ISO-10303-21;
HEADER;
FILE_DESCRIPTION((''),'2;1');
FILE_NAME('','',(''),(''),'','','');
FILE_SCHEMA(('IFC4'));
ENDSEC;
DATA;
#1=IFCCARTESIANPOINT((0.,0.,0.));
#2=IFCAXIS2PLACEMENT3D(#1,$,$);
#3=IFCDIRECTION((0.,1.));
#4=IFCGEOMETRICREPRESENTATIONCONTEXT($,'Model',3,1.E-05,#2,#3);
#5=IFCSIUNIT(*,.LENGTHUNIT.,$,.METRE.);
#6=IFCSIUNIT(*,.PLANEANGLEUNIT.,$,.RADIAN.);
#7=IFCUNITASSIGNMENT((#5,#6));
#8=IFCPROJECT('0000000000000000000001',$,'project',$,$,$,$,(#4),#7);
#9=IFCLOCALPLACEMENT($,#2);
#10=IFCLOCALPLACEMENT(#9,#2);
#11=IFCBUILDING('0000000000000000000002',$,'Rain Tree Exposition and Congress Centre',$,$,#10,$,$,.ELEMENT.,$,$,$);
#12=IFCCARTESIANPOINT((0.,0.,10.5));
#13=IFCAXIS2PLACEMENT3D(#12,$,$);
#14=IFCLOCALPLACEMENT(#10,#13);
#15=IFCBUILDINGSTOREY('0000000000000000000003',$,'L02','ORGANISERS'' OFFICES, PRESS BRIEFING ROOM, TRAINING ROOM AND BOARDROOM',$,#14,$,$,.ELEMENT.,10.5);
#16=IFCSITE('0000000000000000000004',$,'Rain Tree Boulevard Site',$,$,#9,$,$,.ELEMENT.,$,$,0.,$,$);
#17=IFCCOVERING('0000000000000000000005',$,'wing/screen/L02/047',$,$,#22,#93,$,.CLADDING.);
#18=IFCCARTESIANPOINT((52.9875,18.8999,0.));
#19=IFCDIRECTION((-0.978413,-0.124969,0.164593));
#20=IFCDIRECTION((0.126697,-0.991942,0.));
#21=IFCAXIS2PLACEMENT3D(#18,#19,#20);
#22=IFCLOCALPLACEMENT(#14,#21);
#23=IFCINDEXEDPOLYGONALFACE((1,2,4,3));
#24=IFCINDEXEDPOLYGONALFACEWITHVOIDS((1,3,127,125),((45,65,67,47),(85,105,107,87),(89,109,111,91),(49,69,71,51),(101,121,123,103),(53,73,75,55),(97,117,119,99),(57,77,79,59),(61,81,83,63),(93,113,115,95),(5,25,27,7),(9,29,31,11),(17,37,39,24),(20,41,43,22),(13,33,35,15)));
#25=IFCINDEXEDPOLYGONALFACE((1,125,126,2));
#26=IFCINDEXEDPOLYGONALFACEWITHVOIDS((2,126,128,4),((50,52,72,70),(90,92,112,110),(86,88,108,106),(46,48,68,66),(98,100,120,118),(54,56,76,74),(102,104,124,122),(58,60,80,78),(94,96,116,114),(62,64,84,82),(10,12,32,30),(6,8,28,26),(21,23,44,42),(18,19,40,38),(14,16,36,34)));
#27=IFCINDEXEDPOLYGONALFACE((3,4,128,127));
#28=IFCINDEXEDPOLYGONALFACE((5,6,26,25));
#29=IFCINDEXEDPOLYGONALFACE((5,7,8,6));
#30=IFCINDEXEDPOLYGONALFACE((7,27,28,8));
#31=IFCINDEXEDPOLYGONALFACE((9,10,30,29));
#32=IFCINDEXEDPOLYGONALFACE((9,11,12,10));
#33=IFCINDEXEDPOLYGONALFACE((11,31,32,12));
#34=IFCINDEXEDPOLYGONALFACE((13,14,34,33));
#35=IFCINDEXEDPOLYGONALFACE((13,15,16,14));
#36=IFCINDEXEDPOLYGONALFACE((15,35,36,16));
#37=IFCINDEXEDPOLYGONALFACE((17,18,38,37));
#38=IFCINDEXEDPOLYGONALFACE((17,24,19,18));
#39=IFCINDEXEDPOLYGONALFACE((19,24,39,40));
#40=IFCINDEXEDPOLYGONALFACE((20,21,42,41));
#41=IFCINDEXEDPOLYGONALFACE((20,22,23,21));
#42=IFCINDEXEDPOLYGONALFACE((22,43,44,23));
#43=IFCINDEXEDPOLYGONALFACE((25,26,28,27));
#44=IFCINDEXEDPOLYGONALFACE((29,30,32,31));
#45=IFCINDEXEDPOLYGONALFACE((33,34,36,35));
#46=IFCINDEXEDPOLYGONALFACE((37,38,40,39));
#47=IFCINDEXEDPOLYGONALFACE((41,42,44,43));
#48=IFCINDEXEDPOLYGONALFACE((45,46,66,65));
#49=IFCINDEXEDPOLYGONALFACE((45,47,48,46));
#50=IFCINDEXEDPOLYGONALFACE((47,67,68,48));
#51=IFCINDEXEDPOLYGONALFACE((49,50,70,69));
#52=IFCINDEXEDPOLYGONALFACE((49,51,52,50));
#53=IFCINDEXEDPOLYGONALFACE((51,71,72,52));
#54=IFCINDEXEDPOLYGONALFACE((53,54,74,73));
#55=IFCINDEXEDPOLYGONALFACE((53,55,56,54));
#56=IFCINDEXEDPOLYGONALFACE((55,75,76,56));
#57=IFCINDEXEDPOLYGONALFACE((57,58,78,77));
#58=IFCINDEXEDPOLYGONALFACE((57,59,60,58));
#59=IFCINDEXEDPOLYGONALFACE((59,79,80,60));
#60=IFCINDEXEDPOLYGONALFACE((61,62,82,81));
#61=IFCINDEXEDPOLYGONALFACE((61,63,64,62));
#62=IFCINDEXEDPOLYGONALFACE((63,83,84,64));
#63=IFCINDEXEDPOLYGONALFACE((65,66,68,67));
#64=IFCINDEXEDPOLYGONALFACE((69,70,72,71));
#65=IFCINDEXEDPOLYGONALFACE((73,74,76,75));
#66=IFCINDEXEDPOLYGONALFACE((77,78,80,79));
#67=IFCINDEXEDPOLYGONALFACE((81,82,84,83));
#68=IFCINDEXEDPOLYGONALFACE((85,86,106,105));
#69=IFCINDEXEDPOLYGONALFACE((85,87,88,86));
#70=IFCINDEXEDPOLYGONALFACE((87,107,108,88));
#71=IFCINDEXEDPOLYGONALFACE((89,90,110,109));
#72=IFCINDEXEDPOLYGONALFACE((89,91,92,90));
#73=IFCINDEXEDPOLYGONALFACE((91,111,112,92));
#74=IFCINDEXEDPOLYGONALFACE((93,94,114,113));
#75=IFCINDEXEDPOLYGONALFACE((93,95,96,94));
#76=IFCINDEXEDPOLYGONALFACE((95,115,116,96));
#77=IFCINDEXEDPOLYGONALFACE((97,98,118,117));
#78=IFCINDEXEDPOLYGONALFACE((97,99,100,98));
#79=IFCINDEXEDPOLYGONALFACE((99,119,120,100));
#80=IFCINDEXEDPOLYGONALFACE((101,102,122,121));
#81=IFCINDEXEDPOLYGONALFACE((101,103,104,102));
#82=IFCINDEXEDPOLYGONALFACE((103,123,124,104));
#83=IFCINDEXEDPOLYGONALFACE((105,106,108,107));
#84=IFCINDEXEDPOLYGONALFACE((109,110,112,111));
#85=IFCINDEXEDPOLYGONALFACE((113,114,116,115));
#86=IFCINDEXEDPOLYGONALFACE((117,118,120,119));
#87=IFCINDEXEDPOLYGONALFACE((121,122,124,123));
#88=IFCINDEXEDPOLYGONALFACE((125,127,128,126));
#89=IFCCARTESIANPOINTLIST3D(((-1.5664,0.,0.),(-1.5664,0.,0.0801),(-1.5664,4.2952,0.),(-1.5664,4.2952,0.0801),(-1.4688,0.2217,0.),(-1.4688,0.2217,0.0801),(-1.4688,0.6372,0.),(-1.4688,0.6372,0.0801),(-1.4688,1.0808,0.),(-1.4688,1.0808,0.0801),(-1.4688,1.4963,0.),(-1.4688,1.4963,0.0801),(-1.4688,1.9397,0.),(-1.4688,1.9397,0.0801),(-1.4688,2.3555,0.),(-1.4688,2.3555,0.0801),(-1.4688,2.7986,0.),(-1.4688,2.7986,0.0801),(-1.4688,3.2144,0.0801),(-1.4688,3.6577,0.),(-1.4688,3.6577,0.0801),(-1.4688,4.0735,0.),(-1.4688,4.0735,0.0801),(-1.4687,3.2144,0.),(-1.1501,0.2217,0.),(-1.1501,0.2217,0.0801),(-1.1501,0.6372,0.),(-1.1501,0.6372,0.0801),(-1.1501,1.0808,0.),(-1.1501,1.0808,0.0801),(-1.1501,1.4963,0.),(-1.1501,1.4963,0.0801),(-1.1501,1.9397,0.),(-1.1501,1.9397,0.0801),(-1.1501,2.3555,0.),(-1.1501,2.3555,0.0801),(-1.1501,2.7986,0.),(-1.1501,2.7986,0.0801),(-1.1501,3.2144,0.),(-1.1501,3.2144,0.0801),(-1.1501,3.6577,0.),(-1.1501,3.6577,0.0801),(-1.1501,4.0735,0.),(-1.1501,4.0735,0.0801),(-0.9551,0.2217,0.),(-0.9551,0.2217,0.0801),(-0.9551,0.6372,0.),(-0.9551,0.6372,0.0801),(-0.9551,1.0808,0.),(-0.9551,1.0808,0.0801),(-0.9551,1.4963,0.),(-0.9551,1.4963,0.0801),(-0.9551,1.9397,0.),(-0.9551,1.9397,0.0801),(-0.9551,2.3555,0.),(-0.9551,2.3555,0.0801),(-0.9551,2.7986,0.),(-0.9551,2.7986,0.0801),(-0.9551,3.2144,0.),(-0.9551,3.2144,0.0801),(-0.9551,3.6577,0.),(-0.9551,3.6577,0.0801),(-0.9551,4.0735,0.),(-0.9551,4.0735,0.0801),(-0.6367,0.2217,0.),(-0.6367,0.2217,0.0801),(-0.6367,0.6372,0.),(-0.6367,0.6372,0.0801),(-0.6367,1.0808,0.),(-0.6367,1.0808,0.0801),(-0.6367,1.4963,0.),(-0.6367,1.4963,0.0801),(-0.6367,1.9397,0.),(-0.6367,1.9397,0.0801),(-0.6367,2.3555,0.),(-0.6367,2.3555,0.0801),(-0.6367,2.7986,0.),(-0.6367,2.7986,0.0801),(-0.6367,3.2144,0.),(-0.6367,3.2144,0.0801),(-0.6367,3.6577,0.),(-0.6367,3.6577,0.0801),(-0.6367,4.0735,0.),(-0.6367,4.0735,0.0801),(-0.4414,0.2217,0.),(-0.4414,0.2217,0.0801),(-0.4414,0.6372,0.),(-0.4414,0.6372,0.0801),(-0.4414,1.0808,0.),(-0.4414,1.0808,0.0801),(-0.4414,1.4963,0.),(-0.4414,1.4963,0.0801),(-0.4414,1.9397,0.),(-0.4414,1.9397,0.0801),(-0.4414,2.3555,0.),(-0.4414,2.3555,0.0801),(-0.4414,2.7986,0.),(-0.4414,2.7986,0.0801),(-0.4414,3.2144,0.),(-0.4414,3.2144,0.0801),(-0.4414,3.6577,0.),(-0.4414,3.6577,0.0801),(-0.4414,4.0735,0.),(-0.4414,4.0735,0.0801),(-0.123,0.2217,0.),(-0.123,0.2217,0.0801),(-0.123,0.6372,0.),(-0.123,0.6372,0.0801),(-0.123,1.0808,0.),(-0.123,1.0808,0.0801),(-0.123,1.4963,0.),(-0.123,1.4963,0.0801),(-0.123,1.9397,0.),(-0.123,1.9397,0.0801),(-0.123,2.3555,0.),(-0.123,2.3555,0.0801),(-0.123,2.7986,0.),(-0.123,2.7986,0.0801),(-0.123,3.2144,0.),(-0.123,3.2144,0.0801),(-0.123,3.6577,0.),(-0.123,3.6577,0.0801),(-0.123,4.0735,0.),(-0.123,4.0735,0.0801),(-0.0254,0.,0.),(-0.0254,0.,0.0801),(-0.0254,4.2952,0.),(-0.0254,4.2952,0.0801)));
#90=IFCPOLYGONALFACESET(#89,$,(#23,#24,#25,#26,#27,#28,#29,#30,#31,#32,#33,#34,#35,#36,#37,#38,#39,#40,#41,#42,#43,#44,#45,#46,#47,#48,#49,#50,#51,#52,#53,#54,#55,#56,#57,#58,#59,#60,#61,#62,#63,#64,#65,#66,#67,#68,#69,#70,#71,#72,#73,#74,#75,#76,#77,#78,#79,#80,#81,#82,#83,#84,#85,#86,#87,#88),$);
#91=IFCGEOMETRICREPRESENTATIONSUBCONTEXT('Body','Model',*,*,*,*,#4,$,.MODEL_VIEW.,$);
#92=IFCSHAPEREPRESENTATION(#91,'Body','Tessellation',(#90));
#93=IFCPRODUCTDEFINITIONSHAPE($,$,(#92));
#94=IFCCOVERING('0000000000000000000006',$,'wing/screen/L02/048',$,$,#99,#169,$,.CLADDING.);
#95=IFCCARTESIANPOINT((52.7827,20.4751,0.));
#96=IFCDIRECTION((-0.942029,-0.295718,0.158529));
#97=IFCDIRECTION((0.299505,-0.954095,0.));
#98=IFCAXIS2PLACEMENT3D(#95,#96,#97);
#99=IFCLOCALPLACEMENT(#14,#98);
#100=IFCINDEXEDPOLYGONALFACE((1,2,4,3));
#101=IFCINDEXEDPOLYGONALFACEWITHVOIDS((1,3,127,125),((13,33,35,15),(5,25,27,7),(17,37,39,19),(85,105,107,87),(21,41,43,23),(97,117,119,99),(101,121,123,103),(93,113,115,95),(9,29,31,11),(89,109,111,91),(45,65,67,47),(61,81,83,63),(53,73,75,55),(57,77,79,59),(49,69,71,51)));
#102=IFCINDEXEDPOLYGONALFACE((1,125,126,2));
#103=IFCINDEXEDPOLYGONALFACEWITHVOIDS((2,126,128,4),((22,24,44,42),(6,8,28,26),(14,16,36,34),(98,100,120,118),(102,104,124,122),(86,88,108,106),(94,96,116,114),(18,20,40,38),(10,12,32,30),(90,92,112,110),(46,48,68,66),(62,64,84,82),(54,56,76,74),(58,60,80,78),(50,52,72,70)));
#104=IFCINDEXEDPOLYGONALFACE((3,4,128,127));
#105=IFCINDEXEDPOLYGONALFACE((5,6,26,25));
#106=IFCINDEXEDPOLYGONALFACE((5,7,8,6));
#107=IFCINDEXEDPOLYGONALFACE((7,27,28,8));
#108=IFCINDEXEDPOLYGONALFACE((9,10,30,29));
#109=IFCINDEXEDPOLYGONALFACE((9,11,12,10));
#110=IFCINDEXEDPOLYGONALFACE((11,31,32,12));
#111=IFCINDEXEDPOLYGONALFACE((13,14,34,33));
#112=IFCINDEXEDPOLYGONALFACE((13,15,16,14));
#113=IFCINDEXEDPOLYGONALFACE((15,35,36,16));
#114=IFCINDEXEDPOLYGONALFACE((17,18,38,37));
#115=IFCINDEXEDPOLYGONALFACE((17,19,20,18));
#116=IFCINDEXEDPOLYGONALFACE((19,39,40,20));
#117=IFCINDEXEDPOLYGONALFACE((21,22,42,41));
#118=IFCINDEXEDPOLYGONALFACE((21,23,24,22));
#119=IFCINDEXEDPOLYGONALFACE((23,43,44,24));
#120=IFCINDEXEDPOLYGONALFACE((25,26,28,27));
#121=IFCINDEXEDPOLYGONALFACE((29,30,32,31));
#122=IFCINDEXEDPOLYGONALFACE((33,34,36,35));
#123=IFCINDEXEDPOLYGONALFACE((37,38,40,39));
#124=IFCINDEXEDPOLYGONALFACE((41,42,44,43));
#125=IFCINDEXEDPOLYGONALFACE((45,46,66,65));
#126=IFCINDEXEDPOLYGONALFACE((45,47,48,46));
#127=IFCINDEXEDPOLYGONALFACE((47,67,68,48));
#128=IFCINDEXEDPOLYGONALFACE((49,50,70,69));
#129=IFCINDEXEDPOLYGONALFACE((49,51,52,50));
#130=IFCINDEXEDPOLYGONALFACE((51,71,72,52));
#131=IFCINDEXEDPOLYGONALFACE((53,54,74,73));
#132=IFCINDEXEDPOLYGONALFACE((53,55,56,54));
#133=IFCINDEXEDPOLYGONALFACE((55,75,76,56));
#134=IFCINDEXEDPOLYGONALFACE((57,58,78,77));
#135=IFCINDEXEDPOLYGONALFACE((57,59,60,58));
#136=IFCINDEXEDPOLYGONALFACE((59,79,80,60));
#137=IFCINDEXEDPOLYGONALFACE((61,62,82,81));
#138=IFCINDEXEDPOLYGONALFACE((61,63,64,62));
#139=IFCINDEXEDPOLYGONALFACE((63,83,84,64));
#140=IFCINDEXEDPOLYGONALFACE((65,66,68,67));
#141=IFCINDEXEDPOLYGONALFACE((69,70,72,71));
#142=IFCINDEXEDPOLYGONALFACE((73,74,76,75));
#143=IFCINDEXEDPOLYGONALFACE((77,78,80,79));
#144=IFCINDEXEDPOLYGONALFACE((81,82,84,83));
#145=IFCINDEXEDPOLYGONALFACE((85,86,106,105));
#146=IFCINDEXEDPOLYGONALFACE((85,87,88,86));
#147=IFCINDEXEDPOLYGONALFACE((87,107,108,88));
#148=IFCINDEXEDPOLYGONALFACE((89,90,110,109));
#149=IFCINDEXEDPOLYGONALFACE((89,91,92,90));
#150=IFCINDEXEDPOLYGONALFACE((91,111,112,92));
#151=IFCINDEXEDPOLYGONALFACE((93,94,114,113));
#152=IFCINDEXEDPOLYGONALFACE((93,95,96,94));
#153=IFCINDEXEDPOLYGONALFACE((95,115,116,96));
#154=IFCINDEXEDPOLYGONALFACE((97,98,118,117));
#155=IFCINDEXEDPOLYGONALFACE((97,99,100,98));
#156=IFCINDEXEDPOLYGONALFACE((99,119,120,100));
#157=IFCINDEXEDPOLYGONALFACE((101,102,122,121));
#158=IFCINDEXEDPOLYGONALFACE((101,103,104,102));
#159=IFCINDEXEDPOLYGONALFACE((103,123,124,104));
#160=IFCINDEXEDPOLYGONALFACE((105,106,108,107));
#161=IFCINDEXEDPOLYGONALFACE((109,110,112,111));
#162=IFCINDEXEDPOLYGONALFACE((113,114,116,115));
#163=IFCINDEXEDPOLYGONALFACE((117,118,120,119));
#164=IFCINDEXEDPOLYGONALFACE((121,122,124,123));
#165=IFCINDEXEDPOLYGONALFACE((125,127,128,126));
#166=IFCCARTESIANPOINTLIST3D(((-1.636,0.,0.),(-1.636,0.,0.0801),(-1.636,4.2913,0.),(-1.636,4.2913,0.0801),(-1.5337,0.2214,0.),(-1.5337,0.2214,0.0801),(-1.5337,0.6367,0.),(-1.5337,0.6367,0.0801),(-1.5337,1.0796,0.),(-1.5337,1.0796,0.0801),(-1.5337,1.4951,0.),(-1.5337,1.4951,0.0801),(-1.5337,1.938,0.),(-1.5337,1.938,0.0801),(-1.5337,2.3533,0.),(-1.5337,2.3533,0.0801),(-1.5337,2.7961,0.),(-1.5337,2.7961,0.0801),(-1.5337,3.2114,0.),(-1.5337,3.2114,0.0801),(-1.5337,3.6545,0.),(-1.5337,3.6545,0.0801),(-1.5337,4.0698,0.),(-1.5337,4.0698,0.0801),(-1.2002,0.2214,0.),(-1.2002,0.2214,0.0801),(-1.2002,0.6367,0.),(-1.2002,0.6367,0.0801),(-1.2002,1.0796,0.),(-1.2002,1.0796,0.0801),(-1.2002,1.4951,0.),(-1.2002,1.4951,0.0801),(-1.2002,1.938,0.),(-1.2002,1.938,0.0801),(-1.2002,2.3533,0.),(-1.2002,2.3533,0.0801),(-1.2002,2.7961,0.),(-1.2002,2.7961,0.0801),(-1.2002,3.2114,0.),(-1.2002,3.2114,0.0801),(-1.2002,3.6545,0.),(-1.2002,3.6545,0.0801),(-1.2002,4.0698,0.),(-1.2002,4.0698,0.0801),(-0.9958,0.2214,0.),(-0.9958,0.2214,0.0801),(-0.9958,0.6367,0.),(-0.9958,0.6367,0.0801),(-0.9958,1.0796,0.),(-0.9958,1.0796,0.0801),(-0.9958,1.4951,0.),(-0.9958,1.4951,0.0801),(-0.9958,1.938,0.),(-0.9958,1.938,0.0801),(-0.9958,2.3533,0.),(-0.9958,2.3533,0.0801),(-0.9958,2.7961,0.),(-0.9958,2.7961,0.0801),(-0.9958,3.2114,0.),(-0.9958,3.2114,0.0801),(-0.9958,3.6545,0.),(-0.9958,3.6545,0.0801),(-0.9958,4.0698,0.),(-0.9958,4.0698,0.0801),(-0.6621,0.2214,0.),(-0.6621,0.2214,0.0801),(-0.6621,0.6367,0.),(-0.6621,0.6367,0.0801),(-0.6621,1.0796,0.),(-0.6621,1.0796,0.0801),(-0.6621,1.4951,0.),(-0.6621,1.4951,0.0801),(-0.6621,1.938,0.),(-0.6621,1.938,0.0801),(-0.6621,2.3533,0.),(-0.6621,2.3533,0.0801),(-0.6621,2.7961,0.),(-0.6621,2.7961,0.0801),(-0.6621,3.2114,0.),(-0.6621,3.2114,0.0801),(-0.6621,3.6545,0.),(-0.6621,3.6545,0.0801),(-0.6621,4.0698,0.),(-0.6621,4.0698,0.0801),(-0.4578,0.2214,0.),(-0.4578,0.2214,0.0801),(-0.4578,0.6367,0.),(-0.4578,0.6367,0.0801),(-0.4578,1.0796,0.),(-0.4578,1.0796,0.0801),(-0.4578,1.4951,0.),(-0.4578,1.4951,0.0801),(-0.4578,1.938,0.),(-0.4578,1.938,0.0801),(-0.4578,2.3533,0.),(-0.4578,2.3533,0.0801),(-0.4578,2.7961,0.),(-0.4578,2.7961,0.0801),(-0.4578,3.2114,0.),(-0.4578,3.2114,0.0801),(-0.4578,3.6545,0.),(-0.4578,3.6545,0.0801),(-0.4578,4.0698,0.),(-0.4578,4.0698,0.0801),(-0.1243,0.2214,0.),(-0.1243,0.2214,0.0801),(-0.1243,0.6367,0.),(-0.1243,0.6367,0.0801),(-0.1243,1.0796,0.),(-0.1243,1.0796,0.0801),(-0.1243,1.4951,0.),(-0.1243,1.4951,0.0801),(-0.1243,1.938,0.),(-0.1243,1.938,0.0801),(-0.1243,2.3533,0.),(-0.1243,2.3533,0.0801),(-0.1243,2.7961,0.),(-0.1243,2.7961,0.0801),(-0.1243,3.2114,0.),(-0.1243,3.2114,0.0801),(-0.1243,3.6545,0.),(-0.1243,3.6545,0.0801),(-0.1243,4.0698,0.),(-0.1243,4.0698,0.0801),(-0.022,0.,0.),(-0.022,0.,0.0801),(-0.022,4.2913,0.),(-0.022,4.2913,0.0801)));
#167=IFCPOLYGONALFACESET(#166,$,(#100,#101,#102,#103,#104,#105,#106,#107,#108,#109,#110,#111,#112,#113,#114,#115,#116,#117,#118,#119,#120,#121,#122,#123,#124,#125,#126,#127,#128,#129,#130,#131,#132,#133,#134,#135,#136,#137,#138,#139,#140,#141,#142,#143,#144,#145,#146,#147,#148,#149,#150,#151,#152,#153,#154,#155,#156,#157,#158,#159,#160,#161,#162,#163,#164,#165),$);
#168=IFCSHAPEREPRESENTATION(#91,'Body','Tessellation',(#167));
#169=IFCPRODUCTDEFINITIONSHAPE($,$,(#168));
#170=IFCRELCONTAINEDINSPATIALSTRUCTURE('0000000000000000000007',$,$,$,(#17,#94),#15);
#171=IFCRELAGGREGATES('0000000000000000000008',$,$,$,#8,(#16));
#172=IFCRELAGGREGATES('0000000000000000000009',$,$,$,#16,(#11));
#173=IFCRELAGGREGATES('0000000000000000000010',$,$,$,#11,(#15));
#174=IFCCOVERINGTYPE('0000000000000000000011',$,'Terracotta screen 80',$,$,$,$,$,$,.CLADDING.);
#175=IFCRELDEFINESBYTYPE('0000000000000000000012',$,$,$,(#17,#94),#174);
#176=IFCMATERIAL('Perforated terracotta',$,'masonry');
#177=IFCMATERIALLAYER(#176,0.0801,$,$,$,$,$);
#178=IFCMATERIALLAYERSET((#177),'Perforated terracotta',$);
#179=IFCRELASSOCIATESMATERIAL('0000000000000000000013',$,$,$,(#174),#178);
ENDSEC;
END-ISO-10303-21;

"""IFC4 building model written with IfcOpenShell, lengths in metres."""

from ifc_helpers import new_model, si_unit, direction, frame, origin, place, context, subcontext, project, spatial, polyline, outline, extrude, material, layer, layer_set, type_object, element, save


model = new_model("IFC4")

# Units and contexts
model_context = context("Model", 3, precision=1e-05, world=origin(), true_north=direction((0.0, 1.0)))
body_context = subcontext(model_context, "Body", "Model", "MODEL_VIEW")
ifc_project = project(units=[si_unit("LENGTHUNIT", "METRE"), si_unit("PLANEANGLEUNIT", "RADIAN")], contexts=[model_context])

# Site, building, storey
site_placement = place(None, origin())
site = spatial("IfcSite", under=ifc_project, at=site_placement, Name="Rain Tree Boulevard Site", CompositionType="ELEMENT", RefElevation=0.0)
building_placement = place(site_placement, origin())
building = spatial("IfcBuilding", under=site, at=building_placement, Name="Rain Tree Exposition and Congress Centre", CompositionType="ELEMENT")
storey_placement = place(building_placement, frame((0.0, 0.0, 10.5)))
storey = spatial("IfcBuildingStorey", under=building, at=storey_placement, Name="L02", Description="ORGANISERS' OFFICES, PRESS BRIEFING ROOM, TRAINING ROOM AND BOARDROOM", CompositionType="ELEMENT", Elevation=10.5)

# Coverings
ifc_material_1 = material(Name="Perforated terracotta", Category="masonry")
ifc_layer_1 = layer(ifc_material_1, 0.0801)
ifc_layer_set_1 = layer_set([ifc_layer_1], Name="Perforated terracotta")
covering_type = type_object("IfcCoveringType", Name="Terracotta screen 80", PredefinedType="CLADDING", material=ifc_layer_set_1)
covering_1_placement = place(storey_placement, frame((52.9875, 18.8999, 0.0), z_axis=(-0.978413, -0.124969, 0.164593), x_axis=(0.126697, -0.991942, 0.0)))
element("IfcCovering", 1, at=covering_1_placement, inside=storey, type_object=covering_type, Name="wing/screen/L02/047", PredefinedType="CLADDING", context=body_context, shape_type="SweptSolid", body=[
    extrude(outline(polyline([(-1.5664, 0.0), (-1.5664, 4.2952), (-0.0254, 4.2952), (-0.0254, 0.0), (-1.5664, 0.0)]), holes=[polyline([(-0.123, 0.2217), (-0.123, 0.6372), (-0.4414, 0.6372), (-0.4414, 0.2217), (-0.123, 0.2217)]), polyline([(-0.123, 1.0808), (-0.123, 1.4963), (-0.4414, 1.4963), (-0.4414, 1.0808), (-0.123, 1.0808)]), polyline([(-0.123, 1.9397), (-0.123, 2.3555), (-0.4414, 2.3555), (-0.4414, 1.9397), (-0.123, 1.9397)]), polyline([(-0.123, 2.7986), (-0.123, 3.2144), (-0.4414, 3.2144), (-0.4414, 2.7986), (-0.123, 2.7986)]), polyline([(-0.123, 3.6577), (-0.123, 4.0735), (-0.4414, 4.0735), (-0.4414, 3.6577), (-0.123, 3.6577)]), polyline([(-0.6367, 0.2217), (-0.6367, 0.6372), (-0.9551, 0.6372), (-0.9551, 0.2217), (-0.6367, 0.2217)]), polyline([(-0.6367, 1.0808), (-0.6367, 1.4963), (-0.9551, 1.4963), (-0.9551, 1.0808), (-0.6367, 1.0808)]), polyline([(-0.6367, 1.9397), (-0.6367, 2.3555), (-0.9551, 2.3555), (-0.9551, 1.9397), (-0.6367, 1.9397)]), polyline([(-0.6367, 2.7986), (-0.6367, 3.2144), (-0.9551, 3.2144), (-0.9551, 2.7986), (-0.6367, 2.7986)]), polyline([(-0.6367, 3.6577), (-0.6367, 4.0735), (-0.9551, 4.0735), (-0.9551, 3.6577), (-0.6367, 3.6577)]), polyline([(-1.1501, 0.2217), (-1.1501, 0.6372), (-1.4688, 0.6372), (-1.4688, 0.2217), (-1.1501, 0.2217)]), polyline([(-1.1501, 1.0808), (-1.1501, 1.4963), (-1.4688, 1.4963), (-1.4688, 1.0808), (-1.1501, 1.0808)]), polyline([(-1.1501, 1.9397), (-1.1501, 2.3555), (-1.4688, 2.3555), (-1.4688, 1.9397), (-1.1501, 1.9397)]), polyline([(-1.1501, 2.7986), (-1.1501, 3.2144), (-1.4688, 3.2144), (-1.4688, 2.7986), (-1.1501, 2.7986)]), polyline([(-1.1501, 3.6577), (-1.1501, 4.0735), (-1.4688, 4.0735), (-1.4688, 3.6577), (-1.1501, 3.6577)])]), origin(), (0.0, 0.0, 1.0), 0.0801),
])
covering_2_placement = place(storey_placement, frame((52.7827, 20.4751, 0.0), z_axis=(-0.942029, -0.295718, 0.158529), x_axis=(0.299505, -0.954095, 0.0)))
element("IfcCovering", 2, at=covering_2_placement, inside=storey, type_object=covering_type, Name="wing/screen/L02/048", PredefinedType="CLADDING", context=body_context, shape_type="SweptSolid", body=[
    extrude(outline(polyline([(-1.636, 0.0), (-1.636, 4.2913), (-0.022, 4.2913), (-0.022, 0.0), (-1.636, 0.0)]), holes=[polyline([(-0.1243, 0.2214), (-0.1243, 0.6367), (-0.4578, 0.6367), (-0.4578, 0.2214), (-0.1243, 0.2214)]), polyline([(-0.1243, 1.0796), (-0.1243, 1.4951), (-0.4578, 1.4951), (-0.4578, 1.0796), (-0.1243, 1.0796)]), polyline([(-0.1243, 1.938), (-0.1243, 2.3533), (-0.4578, 2.3533), (-0.4578, 1.938), (-0.1243, 1.938)]), polyline([(-0.1243, 2.7961), (-0.1243, 3.2114), (-0.4578, 3.2114), (-0.4578, 2.7961), (-0.1243, 2.7961)]), polyline([(-0.1243, 3.6545), (-0.1243, 4.0698), (-0.4578, 4.0698), (-0.4578, 3.6545), (-0.1243, 3.6545)]), polyline([(-0.6621, 0.2214), (-0.6621, 0.6367), (-0.9958, 0.6367), (-0.9958, 0.2214), (-0.6621, 0.2214)]), polyline([(-0.6621, 1.0796), (-0.6621, 1.4951), (-0.9958, 1.4951), (-0.9958, 1.0796), (-0.6621, 1.0796)]), polyline([(-0.6621, 1.938), (-0.6621, 2.3533), (-0.9958, 2.3533), (-0.9958, 1.938), (-0.6621, 1.938)]), polyline([(-0.6621, 2.7961), (-0.6621, 3.2114), (-0.9958, 3.2114), (-0.9958, 2.7961), (-0.6621, 2.7961)]), polyline([(-0.6621, 3.6545), (-0.6621, 4.0698), (-0.9958, 4.0698), (-0.9958, 3.6545), (-0.6621, 3.6545)]), polyline([(-1.2002, 0.2214), (-1.2002, 0.6367), (-1.5337, 0.6367), (-1.5337, 0.2214), (-1.2002, 0.2214)]), polyline([(-1.2002, 1.0796), (-1.2002, 1.4951), (-1.5337, 1.4951), (-1.5337, 1.0796), (-1.2002, 1.0796)]), polyline([(-1.2002, 1.938), (-1.2002, 2.3533), (-1.5337, 2.3533), (-1.5337, 1.938), (-1.2002, 1.938)]), polyline([(-1.2002, 2.7961), (-1.2002, 3.2114), (-1.5337, 3.2114), (-1.5337, 2.7961), (-1.2002, 2.7961)]), polyline([(-1.2002, 3.6545), (-1.2002, 4.0698), (-1.5337, 4.0698), (-1.5337, 3.6545), (-1.2002, 3.6545)])]), origin(), (0.0, 0.0, 1.0), 0.0801),
])

save(model, "model.ifc")
